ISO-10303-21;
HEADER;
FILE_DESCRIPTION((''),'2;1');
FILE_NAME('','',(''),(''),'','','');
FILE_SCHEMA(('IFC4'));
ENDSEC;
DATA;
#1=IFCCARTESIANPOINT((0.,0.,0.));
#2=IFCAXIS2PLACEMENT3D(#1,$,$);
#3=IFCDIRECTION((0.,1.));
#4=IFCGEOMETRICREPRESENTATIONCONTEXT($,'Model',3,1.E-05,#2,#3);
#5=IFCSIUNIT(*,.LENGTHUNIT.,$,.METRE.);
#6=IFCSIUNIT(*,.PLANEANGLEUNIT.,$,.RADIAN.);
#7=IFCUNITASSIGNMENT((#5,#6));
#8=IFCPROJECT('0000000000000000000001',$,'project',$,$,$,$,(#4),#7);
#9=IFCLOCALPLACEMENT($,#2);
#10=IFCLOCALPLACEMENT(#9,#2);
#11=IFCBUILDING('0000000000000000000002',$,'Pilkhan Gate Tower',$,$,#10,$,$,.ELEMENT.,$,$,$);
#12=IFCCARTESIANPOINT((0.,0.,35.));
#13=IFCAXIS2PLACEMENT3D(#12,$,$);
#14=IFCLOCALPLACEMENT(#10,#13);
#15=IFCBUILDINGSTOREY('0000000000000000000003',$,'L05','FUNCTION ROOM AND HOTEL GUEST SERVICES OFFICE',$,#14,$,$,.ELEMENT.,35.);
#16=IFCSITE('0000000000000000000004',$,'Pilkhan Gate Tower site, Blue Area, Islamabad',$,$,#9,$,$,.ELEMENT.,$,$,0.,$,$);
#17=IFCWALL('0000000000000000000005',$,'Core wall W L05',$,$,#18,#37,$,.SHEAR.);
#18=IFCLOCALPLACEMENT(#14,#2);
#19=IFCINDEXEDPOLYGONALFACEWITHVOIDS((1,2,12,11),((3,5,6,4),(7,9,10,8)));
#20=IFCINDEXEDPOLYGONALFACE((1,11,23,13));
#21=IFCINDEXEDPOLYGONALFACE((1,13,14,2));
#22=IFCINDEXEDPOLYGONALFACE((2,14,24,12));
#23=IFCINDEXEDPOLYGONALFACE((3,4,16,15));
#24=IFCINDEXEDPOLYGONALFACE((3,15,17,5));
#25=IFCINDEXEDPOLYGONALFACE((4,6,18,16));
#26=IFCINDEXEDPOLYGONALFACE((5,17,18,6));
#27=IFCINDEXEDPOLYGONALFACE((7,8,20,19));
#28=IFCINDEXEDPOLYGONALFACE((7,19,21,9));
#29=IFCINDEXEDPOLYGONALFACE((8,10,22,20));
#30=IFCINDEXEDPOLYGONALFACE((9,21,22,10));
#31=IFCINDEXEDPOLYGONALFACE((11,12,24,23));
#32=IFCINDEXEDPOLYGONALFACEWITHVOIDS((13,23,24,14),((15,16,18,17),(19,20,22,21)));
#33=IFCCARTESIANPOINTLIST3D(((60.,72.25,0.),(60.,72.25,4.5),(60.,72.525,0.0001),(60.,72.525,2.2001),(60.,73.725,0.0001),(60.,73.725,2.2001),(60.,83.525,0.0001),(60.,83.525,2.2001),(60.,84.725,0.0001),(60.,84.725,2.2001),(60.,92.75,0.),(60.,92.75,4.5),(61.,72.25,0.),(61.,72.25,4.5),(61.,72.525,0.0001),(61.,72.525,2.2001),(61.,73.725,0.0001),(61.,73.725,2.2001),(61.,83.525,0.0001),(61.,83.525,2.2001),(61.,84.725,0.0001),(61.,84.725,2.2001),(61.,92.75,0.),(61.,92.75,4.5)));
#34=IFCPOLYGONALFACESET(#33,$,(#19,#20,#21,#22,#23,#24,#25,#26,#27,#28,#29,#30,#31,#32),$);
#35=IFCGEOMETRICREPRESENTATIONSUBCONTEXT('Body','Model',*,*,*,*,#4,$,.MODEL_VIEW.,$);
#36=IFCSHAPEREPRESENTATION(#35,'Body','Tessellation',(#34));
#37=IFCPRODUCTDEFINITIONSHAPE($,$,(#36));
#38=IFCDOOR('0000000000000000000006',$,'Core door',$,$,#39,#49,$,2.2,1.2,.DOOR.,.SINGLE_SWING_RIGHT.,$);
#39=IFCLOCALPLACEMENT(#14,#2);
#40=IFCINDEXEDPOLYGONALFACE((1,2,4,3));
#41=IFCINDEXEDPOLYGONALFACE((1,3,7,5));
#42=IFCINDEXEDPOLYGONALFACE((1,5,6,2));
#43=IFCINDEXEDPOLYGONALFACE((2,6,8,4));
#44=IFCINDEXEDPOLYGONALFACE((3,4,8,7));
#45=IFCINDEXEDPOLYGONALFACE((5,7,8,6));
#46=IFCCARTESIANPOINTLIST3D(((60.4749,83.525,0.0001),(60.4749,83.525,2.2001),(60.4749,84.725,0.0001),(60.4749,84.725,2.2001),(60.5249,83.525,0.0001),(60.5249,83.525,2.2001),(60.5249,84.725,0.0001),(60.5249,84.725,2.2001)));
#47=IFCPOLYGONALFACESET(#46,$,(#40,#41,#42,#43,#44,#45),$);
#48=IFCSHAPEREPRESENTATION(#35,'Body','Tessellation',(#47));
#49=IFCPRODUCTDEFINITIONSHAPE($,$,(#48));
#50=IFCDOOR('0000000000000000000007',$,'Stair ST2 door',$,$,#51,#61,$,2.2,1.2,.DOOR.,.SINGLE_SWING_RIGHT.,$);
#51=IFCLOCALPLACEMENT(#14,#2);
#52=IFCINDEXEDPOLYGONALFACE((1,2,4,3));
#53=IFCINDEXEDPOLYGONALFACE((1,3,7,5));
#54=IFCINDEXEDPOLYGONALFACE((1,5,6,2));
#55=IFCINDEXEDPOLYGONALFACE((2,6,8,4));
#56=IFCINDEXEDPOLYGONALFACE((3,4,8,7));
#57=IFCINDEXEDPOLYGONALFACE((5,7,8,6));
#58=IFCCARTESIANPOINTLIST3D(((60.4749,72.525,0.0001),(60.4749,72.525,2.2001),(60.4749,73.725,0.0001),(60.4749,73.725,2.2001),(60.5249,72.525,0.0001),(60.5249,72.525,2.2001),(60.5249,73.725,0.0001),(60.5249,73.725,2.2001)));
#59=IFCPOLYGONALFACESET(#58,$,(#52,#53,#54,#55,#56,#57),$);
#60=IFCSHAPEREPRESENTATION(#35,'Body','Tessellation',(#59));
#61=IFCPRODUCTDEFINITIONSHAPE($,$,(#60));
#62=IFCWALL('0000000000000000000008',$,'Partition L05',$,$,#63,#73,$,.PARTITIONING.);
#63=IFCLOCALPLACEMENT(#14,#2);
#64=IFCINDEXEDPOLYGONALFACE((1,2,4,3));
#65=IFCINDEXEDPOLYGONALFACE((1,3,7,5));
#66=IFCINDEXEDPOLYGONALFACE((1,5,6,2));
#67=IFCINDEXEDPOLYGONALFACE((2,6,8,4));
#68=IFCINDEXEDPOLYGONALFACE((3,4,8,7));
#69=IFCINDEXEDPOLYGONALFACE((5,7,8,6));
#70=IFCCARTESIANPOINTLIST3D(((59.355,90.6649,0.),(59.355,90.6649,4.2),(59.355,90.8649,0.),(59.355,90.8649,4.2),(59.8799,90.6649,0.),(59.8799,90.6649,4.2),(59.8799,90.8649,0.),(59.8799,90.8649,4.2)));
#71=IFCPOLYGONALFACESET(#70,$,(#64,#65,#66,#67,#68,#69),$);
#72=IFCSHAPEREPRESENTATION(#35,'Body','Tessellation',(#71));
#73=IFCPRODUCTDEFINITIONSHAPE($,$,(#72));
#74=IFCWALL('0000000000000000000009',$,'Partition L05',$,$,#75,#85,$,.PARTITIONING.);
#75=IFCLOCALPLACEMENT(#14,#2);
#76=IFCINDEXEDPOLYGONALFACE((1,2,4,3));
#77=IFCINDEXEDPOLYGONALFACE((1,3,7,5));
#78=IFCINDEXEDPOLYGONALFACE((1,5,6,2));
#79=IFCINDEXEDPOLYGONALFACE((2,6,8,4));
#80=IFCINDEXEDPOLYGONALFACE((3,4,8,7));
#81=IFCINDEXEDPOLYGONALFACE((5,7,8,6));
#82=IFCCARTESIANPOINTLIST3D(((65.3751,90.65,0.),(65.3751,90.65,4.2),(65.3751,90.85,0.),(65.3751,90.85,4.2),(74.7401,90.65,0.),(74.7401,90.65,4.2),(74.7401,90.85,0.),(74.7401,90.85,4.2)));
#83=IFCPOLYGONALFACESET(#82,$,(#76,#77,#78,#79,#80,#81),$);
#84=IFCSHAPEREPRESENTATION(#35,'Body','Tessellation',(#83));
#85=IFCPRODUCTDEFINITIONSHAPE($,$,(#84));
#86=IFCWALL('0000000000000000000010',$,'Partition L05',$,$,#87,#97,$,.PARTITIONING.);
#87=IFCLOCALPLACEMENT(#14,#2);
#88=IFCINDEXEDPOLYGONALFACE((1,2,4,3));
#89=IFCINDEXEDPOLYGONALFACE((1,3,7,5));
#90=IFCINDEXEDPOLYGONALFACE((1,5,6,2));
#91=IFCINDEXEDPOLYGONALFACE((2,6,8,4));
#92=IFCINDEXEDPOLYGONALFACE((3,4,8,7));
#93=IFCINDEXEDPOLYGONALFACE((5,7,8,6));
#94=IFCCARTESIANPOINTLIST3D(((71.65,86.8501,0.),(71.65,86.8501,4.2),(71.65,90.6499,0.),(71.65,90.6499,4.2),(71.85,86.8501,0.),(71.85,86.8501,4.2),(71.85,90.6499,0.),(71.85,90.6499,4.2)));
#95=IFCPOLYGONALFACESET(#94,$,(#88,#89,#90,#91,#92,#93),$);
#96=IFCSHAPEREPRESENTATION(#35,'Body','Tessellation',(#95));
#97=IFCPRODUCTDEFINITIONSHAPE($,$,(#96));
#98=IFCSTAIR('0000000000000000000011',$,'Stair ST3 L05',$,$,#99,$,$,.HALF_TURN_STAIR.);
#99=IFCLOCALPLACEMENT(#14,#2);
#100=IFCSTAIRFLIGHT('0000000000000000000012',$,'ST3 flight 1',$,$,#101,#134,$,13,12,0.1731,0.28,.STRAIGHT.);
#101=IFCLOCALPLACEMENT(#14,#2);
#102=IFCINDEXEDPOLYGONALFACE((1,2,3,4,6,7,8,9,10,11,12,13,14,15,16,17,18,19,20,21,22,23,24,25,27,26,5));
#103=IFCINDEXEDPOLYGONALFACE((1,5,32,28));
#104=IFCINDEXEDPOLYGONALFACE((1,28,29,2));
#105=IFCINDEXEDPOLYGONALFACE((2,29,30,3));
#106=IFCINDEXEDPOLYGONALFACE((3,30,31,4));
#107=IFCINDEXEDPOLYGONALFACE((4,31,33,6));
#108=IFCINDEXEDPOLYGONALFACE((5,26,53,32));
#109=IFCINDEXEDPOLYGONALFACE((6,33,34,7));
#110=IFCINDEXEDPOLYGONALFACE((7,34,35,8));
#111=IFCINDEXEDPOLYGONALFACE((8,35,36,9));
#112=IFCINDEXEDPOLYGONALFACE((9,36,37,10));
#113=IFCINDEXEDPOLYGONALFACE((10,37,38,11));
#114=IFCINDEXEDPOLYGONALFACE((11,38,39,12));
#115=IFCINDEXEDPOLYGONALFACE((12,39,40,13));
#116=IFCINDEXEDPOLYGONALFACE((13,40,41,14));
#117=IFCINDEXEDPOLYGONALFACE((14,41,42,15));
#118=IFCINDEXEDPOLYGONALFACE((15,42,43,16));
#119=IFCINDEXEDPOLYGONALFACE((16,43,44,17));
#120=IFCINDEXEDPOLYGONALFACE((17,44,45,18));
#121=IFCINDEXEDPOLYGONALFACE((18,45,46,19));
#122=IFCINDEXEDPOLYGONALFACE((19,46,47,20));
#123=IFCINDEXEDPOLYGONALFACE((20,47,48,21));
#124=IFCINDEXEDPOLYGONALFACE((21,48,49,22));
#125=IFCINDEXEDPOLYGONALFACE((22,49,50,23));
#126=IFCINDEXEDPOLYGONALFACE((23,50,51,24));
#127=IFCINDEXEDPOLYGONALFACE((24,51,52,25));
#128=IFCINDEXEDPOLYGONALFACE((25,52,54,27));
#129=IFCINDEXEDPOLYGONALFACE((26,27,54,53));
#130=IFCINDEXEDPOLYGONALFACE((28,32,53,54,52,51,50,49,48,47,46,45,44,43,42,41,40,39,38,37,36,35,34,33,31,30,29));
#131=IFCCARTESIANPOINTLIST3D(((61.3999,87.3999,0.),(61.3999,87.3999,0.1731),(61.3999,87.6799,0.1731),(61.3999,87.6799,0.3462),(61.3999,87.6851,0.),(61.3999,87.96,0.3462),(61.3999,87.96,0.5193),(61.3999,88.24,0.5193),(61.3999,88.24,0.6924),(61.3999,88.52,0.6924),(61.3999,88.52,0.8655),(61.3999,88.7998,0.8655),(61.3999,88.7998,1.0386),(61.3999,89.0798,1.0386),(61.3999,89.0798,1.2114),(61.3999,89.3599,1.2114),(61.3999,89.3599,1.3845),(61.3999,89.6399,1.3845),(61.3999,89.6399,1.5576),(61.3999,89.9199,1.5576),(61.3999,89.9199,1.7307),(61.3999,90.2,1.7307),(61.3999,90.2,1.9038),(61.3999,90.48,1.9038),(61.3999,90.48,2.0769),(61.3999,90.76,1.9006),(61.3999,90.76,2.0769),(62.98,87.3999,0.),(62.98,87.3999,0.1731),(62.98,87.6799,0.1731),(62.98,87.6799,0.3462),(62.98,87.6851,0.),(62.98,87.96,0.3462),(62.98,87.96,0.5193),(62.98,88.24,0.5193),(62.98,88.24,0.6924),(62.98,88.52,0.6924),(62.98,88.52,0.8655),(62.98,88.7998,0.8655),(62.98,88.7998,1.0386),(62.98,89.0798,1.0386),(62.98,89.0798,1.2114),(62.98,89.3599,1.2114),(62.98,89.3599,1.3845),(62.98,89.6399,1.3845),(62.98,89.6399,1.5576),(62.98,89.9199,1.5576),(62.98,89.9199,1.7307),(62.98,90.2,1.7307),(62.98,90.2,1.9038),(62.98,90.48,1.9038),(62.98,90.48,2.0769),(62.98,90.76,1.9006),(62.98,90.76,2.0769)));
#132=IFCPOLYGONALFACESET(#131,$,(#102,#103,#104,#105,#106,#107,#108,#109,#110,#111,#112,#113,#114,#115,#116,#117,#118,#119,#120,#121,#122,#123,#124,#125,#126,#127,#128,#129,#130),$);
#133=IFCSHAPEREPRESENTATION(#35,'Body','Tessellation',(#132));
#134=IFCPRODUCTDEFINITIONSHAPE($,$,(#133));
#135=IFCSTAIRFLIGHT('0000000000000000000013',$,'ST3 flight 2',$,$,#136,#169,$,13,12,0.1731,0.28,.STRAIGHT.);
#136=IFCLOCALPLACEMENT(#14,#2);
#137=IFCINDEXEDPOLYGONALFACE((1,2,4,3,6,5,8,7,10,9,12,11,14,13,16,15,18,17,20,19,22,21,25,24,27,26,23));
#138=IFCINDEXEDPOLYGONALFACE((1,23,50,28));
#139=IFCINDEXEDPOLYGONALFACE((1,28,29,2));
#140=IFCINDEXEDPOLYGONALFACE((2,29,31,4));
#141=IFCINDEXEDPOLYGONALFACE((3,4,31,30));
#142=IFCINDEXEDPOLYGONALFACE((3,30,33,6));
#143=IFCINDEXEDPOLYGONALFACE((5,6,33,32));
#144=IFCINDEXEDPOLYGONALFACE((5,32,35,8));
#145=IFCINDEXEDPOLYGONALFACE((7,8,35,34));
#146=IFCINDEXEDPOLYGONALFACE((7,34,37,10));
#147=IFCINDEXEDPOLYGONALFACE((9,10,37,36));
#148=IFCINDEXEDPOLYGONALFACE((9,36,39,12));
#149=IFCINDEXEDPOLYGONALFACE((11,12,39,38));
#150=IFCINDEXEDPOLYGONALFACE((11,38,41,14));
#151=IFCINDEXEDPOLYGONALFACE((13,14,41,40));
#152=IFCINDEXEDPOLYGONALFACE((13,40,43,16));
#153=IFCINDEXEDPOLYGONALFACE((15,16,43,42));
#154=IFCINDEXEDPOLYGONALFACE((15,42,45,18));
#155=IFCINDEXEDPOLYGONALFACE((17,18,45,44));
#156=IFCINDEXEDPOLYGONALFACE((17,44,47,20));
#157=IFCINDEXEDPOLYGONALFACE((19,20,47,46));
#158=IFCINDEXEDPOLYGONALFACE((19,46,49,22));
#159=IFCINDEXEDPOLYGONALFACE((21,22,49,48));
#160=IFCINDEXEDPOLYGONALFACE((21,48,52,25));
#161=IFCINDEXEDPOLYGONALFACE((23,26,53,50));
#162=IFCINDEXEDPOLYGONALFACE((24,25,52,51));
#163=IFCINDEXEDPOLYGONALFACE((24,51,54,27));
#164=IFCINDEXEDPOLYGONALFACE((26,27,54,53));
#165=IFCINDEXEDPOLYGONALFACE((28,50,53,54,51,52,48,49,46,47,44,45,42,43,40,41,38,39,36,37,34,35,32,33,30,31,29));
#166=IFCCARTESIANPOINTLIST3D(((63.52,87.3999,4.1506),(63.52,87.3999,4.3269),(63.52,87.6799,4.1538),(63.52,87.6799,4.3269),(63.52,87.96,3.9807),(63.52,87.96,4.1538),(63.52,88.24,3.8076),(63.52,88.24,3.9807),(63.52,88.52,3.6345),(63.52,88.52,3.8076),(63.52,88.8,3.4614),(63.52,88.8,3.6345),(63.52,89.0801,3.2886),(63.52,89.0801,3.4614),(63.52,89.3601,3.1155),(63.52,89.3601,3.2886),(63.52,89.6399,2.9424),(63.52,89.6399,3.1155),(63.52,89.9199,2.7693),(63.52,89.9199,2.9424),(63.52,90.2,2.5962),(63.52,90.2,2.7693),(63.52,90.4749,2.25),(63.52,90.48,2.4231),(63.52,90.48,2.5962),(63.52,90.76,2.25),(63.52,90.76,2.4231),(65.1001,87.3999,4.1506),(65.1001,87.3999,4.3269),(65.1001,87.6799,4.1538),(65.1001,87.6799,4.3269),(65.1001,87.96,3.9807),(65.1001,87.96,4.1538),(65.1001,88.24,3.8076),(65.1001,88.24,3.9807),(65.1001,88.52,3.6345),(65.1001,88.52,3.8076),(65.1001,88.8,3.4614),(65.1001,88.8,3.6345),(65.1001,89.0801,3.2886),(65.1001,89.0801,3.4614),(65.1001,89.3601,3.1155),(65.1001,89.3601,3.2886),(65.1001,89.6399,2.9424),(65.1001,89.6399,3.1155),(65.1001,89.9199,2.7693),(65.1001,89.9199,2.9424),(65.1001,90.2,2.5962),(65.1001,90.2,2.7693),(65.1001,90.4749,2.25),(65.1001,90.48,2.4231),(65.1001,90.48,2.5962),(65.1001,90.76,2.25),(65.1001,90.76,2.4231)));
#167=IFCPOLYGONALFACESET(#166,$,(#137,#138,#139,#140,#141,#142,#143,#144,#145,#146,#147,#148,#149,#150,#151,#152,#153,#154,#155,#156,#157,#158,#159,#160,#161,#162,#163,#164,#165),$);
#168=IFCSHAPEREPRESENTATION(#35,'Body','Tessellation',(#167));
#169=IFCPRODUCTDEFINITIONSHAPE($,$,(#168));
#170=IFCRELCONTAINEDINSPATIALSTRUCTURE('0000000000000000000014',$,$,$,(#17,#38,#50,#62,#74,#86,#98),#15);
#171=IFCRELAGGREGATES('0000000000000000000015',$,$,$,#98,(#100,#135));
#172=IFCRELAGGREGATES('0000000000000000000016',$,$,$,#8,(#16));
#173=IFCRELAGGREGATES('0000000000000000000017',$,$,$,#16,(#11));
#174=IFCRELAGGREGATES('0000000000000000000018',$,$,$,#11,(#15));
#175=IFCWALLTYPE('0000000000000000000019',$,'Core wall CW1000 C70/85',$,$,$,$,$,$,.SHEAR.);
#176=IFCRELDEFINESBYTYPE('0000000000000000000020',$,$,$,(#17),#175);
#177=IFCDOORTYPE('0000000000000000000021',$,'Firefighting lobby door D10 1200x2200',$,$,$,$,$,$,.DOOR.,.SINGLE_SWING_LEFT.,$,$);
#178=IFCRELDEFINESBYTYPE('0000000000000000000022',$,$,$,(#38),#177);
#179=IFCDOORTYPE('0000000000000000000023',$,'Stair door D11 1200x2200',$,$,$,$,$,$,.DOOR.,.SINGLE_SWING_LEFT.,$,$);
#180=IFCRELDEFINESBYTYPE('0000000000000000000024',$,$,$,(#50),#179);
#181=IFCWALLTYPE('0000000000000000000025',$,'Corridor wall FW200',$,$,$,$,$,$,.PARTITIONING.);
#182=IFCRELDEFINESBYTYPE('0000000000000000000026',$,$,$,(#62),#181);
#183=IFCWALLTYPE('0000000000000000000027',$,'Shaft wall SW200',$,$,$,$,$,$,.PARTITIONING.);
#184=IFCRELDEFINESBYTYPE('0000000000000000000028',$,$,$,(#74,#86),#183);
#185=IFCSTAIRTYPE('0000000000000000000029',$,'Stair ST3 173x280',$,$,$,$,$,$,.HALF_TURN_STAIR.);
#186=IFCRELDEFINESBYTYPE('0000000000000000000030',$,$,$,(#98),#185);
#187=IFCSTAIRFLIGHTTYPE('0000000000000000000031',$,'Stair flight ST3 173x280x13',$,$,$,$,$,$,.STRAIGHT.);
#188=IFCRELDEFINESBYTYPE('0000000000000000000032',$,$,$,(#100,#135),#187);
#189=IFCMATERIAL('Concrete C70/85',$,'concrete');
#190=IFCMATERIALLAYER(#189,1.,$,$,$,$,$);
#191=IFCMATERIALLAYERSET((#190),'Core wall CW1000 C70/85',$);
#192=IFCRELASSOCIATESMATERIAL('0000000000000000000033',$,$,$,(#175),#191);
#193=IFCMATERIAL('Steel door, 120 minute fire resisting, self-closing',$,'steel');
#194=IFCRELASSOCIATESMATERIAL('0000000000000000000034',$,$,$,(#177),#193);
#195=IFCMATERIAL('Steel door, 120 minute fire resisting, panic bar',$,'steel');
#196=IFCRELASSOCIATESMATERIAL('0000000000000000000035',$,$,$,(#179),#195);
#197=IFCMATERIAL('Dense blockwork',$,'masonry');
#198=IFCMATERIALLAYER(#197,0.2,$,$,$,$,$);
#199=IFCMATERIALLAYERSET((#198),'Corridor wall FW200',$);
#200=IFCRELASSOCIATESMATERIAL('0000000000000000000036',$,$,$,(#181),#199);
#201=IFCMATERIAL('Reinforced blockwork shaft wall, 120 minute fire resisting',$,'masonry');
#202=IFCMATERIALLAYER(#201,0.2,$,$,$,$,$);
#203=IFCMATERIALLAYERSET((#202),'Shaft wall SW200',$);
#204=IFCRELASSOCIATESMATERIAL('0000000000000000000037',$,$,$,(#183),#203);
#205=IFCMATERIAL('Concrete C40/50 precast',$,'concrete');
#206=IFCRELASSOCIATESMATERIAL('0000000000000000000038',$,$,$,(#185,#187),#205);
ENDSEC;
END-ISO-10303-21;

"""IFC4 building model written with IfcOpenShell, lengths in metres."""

from ifc_helpers import new_model, si_unit, direction, frame, frame_2d, origin, place, context, subcontext, project, spatial, polyline, rectangle, outline, extrude, material, layer, layer_set, type_object, element, fill, aggregate, save


model = new_model("IFC4")

# Units and contexts
model_context = context("Model", 3, precision=1e-05, world=origin(), true_north=direction((0.0, 1.0)))
body_context = subcontext(model_context, "Body", "Model", "MODEL_VIEW")
ifc_project = project(units=[si_unit("LENGTHUNIT", "METRE"), si_unit("PLANEANGLEUNIT", "RADIAN")], contexts=[model_context])

# Site, building, storey
site_placement = place(None, origin())
site = spatial("IfcSite", under=ifc_project, at=site_placement, Name="Pilkhan Gate Tower site, Blue Area, Islamabad", CompositionType="ELEMENT", RefElevation=0.0)
building_placement = place(site_placement, origin())
building = spatial("IfcBuilding", under=site, at=building_placement, Name="Pilkhan Gate Tower", CompositionType="ELEMENT")
storey_placement = place(building_placement, frame((0.0, 0.0, 35.0)))
storey = spatial("IfcBuildingStorey", under=building, at=storey_placement, Name="L05", Description="FUNCTION ROOM AND HOTEL GUEST SERVICES OFFICE", CompositionType="ELEMENT", Elevation=35.0)

# Wall, openings, doors
ifc_material_1 = material(Name="Concrete C70/85", Category="concrete")
ifc_layer_1 = layer(ifc_material_1, 1.0)
ifc_layer_set_1 = layer_set([ifc_layer_1], Name="Core wall CW1000 C70/85")
wall_type_1 = type_object("IfcWallType", Name="Core wall CW1000 C70/85", PredefinedType="SHEAR", material=ifc_layer_set_1)
wall_1_placement = place(storey_placement, frame((60.5, 92.75, 0.0), z_axis=(0.0, 0.0, 1.0), x_axis=(0.0, -1.0, 0.0)))
wall_1 = element("IfcWall", 1, at=wall_1_placement, inside=storey, type_object=wall_type_1, Name="Core wall W L05", PredefinedType="SHEAR", context=body_context, shape_type="SweptSolid", body=[
    extrude(rectangle(XDim=20.5, YDim=1.0, at=frame_2d((10.25, 0.0))), origin(), (0.0, 0.0, 1.0), 4.5),
])
opening_1_placement = place(wall_1_placement, frame((19.0249, 0.0, 0.0)))
opening_1 = element("IfcOpeningElement", 2, at=opening_1_placement, cuts=wall_1, PredefinedType="OPENING", context=body_context, shape_type="SweptSolid", body=[
    extrude(rectangle(XDim=1.2, YDim=2.2, at=frame_2d((0.6001, 1.1001))), frame((0.0, 0.51, 0.0), z_axis=(0.0, -1.0, 0.0), x_axis=(1.0, 0.0, 0.0)), (0.0, 0.0, 1.0), 1.02),
])
opening_2_placement = place(wall_1_placement, frame((8.0249, 0.0, 0.0)))
opening_2 = element("IfcOpeningElement", 3, at=opening_2_placement, cuts=wall_1, PredefinedType="OPENING", context=body_context, shape_type="SweptSolid", body=[
    extrude(rectangle(XDim=1.2, YDim=2.2, at=frame_2d((0.6001, 1.1001))), frame((0.0, 0.51, 0.0), z_axis=(0.0, -1.0, 0.0), x_axis=(1.0, 0.0, 0.0)), (0.0, 0.0, 1.0), 1.02),
])
ifc_material_2 = material(Name="Steel door, 120 minute fire resisting, self-closing", Category="steel")
door_type_1 = type_object("IfcDoorType", Name="Firefighting lobby door D10 1200x2200", OperationType="SINGLE_SWING_LEFT", PredefinedType="DOOR", material=ifc_material_2)
door_1_placement = place(opening_2_placement, origin())
door_1 = element("IfcDoor", 4, at=door_1_placement, inside=storey, type_object=door_type_1, Name="Core door", OperationType="SINGLE_SWING_RIGHT", OverallHeight=2.2, OverallWidth=1.2, PredefinedType="DOOR", context=body_context, shape_type="SweptSolid", body=[
    extrude(rectangle(XDim=1.2, YDim=2.2, at=frame_2d((0.6001, 1.1001))), frame((0.0, 0.0249, 0.0), z_axis=(0.0, -1.0, 0.0), x_axis=(1.0, 0.0, 0.0)), (0.0, 0.0, 1.0), 0.05),
])
fill(opening_2, door_1)
ifc_material_3 = material(Name="Steel door, 120 minute fire resisting, panic bar", Category="steel")
door_type_2 = type_object("IfcDoorType", Name="Stair door D11 1200x2200", OperationType="SINGLE_SWING_LEFT", PredefinedType="DOOR", material=ifc_material_3)
door_2_placement = place(opening_1_placement, origin())
door_2 = element("IfcDoor", 5, at=door_2_placement, inside=storey, type_object=door_type_2, Name="Stair ST2 door", OperationType="SINGLE_SWING_RIGHT", OverallHeight=2.2, OverallWidth=1.2, PredefinedType="DOOR", context=body_context, shape_type="SweptSolid", body=[
    extrude(rectangle(XDim=1.2, YDim=2.2, at=frame_2d((0.6001, 1.1001))), frame((0.0, 0.0249, 0.0), z_axis=(0.0, -1.0, 0.0), x_axis=(1.0, 0.0, 0.0)), (0.0, 0.0, 1.0), 0.05),
])
fill(opening_1, door_2)

# Walls
ifc_material_4 = material(Name="Dense blockwork", Category="masonry")
ifc_layer_2 = layer(ifc_material_4, 0.2)
ifc_layer_set_2 = layer_set([ifc_layer_2], Name="Corridor wall FW200")
wall_type_2 = type_object("IfcWallType", Name="Corridor wall FW200", PredefinedType="PARTITIONING", material=ifc_layer_set_2)
wall_2_placement = place(storey_placement, frame((59.355, 90.7649, 0.0), z_axis=(0.0, 0.0, 1.0), x_axis=(1.0, 0.0, 0.0)))
element("IfcWall", 6, at=wall_2_placement, inside=storey, type_object=wall_type_2, Name="Partition L05", PredefinedType="PARTITIONING", context=body_context, shape_type="SweptSolid", body=[
    extrude(rectangle(XDim=0.5249, YDim=0.2, at=frame_2d((0.2625, 0.0))), origin(), (0.0, 0.0, 1.0), 4.2),
])
ifc_material_5 = material(Name="Reinforced blockwork shaft wall, 120 minute fire resisting", Category="masonry")
ifc_layer_3 = layer(ifc_material_5, 0.2)
ifc_layer_set_3 = layer_set([ifc_layer_3], Name="Shaft wall SW200")
wall_type_3 = type_object("IfcWallType", Name="Shaft wall SW200", PredefinedType="PARTITIONING", material=ifc_layer_set_3)
wall_3_placement = place(storey_placement, frame((65.375, 90.75, 0.0), z_axis=(0.0, 0.0, 1.0), x_axis=(1.0, 0.0, 0.0)))
element("IfcWall", 7, at=wall_3_placement, inside=storey, type_object=wall_type_3, Name="Partition L05", PredefinedType="PARTITIONING", context=body_context, shape_type="SweptSolid", body=[
    extrude(rectangle(XDim=9.365, YDim=0.2, at=frame_2d((4.6826, 0.0))), origin(), (0.0, 0.0, 1.0), 4.2),
])
wall_4_placement = place(storey_placement, frame((71.75, 86.8501, 0.0), z_axis=(0.0, 0.0, 1.0), x_axis=(0.0, 1.0, 0.0)))
element("IfcWall", 8, at=wall_4_placement, inside=storey, type_object=wall_type_3, Name="Partition L05", PredefinedType="PARTITIONING", context=body_context, shape_type="SweptSolid", body=[
    extrude(rectangle(XDim=3.7998, YDim=0.2, at=frame_2d((1.8999, 0.0))), origin(), (0.0, 0.0, 1.0), 4.2),
])

# Stair, stair flights
ifc_material_6 = material(Name="Concrete C40/50 precast", Category="concrete")
stair_type = type_object("IfcStairType", Name="Stair ST3 173x280", PredefinedType="HALF_TURN_STAIR", material=ifc_material_6)
stair_placement = place(storey_placement, origin())
stair = element("IfcStair", 9, at=stair_placement, inside=storey, type_object=stair_type, Name="Stair ST3 L05", PredefinedType="HALF_TURN_STAIR")
stair_flight_type = type_object("IfcStairFlightType", Name="Stair flight ST3 173x280x13", PredefinedType="STRAIGHT", material=ifc_material_6)
stair_flight_1_placement = place(storey_placement, frame((62.1899, 87.3999, 0.0), z_axis=(0.0, 0.0, 1.0), x_axis=(0.0, 1.0, 0.0)))
stair_flight_1 = element("IfcStairFlight", 10, at=stair_flight_1_placement, type_object=stair_flight_type, Name="ST3 flight 1", NumberOfRisers=13, NumberOfTreads=12, PredefinedType="STRAIGHT", RiserHeight=0.1731, TreadLength=0.28, context=body_context, shape_type="SweptSolid", body=[
    extrude(outline(polyline([(0.0, 0.0), (0.0, 0.1731), (0.28, 0.1731), (0.28, 0.3462), (0.5601, 0.3462), (0.5601, 0.5193), (0.8401, 0.5193), (0.8401, 0.6924), (1.1201, 0.6924), (1.1201, 0.8655), (1.3999, 0.8655), (1.3999, 1.0386), (1.6799, 1.0386), (1.6799, 1.2114), (1.96, 1.2114), (1.96, 1.3845), (2.24, 1.3845), (2.24, 1.5576), (2.52, 1.5576), (2.52, 1.7307), (2.8, 1.7307), (2.8, 1.9038), (3.0801, 1.9038), (3.0801, 2.0769), (3.3601, 2.0769), (3.3601, 2.25), (3.3601, 1.9006), (0.2852, 0.0), (0.0, 0.0)])), frame((0.0, 0.79, 0.0), z_axis=(0.0, -1.0, 0.0), x_axis=(1.0, 0.0, 0.0)), (0.0, 0.0, 1.0), 1.5801),
])
stair_flight_2_placement = place(storey_placement, frame((64.3101, 90.76, 2.25), z_axis=(0.0, 0.0, 1.0), x_axis=(0.0, -1.0, 0.0)))
stair_flight_2 = element("IfcStairFlight", 11, at=stair_flight_2_placement, type_object=stair_flight_type, Name="ST3 flight 2", NumberOfRisers=13, NumberOfTreads=12, PredefinedType="STRAIGHT", RiserHeight=0.1731, TreadLength=0.28, context=body_context, shape_type="SweptSolid", body=[
    extrude(outline(polyline([(0.0, 0.0), (0.0, 0.1731), (0.28, 0.1731), (0.28, 0.3462), (0.5601, 0.3462), (0.5601, 0.5193), (0.8401, 0.5193), (0.8401, 0.6924), (1.1201, 0.6924), (1.1201, 0.8655), (1.3999, 0.8655), (1.3999, 1.0386), (1.6799, 1.0386), (1.6799, 1.2114), (1.96, 1.2114), (1.96, 1.3845), (2.24, 1.3845), (2.24, 1.5576), (2.52, 1.5576), (2.52, 1.7307), (2.8, 1.7307), (2.8, 1.9038), (3.0801, 1.9038), (3.0801, 2.0769), (3.3601, 2.0769), (3.3601, 2.25), (3.3601, 1.9006), (0.2852, 0.0), (0.0, 0.0)])), frame((0.0, 0.79, 0.0), z_axis=(0.0, -1.0, 0.0), x_axis=(1.0, 0.0, 0.0)), (0.0, 0.0, 1.0), 1.5801),
])
aggregate(stair, [stair_flight_1, stair_flight_2])

save(model, "model.ifc")
